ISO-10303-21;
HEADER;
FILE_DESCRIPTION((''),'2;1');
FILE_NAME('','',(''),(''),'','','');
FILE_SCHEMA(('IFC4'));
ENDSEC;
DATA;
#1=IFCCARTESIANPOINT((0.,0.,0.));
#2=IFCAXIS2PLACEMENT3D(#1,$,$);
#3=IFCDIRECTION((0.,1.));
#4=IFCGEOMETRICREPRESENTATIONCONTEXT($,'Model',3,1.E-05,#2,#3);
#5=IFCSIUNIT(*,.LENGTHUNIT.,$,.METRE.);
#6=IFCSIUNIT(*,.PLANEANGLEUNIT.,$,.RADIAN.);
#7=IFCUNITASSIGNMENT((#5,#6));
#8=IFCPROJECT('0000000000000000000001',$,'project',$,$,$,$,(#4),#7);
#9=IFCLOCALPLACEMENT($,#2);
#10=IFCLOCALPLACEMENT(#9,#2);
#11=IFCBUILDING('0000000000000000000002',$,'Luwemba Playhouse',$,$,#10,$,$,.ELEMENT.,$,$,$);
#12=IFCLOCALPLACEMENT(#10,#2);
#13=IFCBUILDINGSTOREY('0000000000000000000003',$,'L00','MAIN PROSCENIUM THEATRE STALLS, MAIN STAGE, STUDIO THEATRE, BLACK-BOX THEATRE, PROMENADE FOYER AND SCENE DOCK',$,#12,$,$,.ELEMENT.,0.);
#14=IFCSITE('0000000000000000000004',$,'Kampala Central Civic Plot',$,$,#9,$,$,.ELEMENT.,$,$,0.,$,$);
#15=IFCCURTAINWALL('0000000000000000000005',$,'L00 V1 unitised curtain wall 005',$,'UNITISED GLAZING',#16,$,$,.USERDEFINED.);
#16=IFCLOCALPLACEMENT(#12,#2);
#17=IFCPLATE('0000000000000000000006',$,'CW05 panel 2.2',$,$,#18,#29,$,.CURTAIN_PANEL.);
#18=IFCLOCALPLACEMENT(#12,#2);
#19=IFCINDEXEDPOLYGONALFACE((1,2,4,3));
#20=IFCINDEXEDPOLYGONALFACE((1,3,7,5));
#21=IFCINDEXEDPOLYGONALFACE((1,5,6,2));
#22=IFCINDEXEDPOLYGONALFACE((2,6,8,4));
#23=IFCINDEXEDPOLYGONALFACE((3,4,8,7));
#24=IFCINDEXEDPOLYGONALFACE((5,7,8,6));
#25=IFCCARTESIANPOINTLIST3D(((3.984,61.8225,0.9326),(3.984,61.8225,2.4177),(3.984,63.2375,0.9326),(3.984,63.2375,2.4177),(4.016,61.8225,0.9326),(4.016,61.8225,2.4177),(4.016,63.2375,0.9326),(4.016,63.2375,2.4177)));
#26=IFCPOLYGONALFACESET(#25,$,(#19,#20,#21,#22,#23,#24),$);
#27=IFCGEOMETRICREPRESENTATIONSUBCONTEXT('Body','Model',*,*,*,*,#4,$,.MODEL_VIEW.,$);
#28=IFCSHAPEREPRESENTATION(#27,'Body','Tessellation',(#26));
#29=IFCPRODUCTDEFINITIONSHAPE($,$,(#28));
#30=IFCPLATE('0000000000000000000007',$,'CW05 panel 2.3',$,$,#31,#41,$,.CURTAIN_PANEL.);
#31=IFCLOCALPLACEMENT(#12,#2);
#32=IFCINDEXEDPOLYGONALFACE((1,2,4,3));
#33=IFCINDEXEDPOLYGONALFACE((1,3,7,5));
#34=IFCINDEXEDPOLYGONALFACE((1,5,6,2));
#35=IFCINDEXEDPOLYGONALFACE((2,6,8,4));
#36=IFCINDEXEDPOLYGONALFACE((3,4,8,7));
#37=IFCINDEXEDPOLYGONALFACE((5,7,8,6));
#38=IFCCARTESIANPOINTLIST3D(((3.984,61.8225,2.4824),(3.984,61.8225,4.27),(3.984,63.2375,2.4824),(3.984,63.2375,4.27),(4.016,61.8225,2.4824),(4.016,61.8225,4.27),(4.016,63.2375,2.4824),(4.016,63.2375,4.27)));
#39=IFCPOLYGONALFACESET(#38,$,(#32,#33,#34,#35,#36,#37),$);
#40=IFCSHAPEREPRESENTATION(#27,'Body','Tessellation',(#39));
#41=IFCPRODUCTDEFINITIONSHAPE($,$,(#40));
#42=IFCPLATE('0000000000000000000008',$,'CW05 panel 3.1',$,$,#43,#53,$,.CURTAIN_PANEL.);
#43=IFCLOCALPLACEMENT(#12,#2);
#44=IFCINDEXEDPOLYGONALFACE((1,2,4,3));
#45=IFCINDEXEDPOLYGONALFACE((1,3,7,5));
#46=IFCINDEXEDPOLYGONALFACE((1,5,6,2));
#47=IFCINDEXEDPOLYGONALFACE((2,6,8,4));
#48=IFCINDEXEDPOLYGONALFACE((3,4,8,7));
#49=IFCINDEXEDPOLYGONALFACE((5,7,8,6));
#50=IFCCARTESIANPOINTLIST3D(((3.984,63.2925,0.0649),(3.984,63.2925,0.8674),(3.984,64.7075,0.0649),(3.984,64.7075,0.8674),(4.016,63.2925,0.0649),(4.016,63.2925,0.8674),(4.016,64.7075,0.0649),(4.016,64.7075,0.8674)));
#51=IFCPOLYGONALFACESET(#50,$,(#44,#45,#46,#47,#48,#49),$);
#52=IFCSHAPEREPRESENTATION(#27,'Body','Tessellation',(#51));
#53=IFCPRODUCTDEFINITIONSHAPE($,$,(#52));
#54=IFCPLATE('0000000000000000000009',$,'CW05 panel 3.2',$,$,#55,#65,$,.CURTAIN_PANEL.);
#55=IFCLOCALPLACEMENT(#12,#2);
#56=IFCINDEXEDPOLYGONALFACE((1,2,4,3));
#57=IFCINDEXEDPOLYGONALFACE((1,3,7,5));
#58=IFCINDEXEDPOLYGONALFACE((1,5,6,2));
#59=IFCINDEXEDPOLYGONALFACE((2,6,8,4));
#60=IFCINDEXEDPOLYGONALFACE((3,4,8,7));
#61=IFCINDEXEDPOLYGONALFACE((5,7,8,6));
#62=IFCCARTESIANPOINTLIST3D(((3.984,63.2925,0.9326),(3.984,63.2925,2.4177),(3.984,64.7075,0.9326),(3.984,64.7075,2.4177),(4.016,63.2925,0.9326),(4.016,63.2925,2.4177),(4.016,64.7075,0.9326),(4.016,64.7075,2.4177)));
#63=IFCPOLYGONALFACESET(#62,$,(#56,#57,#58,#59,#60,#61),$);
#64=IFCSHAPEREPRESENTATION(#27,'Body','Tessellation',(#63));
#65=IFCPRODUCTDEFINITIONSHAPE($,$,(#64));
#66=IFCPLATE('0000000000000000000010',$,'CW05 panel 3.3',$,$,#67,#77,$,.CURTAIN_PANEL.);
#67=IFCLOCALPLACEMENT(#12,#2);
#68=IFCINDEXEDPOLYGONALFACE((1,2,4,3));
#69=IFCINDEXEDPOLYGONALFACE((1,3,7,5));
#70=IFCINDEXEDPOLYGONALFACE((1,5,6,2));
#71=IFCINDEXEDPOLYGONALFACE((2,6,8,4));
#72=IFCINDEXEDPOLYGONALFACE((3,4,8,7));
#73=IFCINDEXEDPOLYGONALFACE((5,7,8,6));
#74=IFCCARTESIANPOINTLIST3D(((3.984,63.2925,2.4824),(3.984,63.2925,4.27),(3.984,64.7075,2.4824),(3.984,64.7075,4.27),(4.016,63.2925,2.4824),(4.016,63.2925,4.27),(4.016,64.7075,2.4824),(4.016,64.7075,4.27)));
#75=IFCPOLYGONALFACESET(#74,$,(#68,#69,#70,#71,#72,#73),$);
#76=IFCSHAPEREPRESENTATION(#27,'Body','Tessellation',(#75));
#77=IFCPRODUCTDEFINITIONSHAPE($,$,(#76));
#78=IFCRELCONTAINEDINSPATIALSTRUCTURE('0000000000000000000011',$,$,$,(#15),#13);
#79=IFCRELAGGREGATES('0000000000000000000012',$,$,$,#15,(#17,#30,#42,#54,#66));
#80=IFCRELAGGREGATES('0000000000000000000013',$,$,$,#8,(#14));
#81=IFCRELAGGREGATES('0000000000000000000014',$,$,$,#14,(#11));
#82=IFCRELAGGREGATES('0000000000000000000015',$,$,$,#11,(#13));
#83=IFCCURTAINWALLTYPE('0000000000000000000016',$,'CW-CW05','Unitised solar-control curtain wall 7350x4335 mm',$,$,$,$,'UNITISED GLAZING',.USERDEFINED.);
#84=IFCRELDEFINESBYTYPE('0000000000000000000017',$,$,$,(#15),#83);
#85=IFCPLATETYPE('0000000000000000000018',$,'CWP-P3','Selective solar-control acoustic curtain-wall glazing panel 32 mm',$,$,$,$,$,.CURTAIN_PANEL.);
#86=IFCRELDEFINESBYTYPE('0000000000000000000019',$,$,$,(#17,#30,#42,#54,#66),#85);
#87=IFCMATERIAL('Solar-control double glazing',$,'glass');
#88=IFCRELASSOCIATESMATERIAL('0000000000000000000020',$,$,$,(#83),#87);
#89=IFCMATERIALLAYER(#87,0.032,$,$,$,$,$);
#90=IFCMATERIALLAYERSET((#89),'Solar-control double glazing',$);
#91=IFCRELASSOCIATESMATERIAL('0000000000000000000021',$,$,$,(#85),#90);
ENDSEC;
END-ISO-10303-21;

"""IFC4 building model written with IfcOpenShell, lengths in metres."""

from ifc_helpers import new_model, si_unit, direction, frame, origin, origin_2d, place, context, subcontext, project, spatial, rectangle, extrude, material, layer, layer_set, type_object, element, aggregate, save


model = new_model("IFC4")

# Units and contexts
model_context = context("Model", 3, precision=1e-05, world=origin(), true_north=direction((0.0, 1.0)))
body_context = subcontext(model_context, "Body", "Model", "MODEL_VIEW")
ifc_project = project(units=[si_unit("LENGTHUNIT", "METRE"), si_unit("PLANEANGLEUNIT", "RADIAN")], contexts=[model_context])

# Site, building, storey
site_placement = place(None, origin())
site = spatial("IfcSite", under=ifc_project, at=site_placement, Name="Kampala Central Civic Plot", CompositionType="ELEMENT", RefElevation=0.0)
building_placement = place(site_placement, origin())
building = spatial("IfcBuilding", under=site, at=building_placement, Name="Luwemba Playhouse", CompositionType="ELEMENT")
storey_placement = place(building_placement, origin())
storey = spatial("IfcBuildingStorey", under=building, at=storey_placement, Name="L00", Description="MAIN PROSCENIUM THEATRE STALLS, MAIN STAGE, STUDIO THEATRE, BLACK-BOX THEATRE, PROMENADE FOYER AND SCENE DOCK", CompositionType="ELEMENT", Elevation=0.0)

# Curtain wall, plates
ifc_material_1 = material(Name="Solar-control double glazing", Category="glass")
curtain_wall_type = type_object("IfcCurtainWallType", Name="CW-CW05", Description="Unitised solar-control curtain wall 7350x4335 mm", ElementType="UNITISED GLAZING", PredefinedType="USERDEFINED", material=ifc_material_1)
curtain_wall_placement = place(storey_placement, origin())
curtain_wall = element("IfcCurtainWall", 1, at=curtain_wall_placement, inside=storey, type_object=curtain_wall_type, Name="L00 V1 unitised curtain wall 005", ObjectType="UNITISED GLAZING", PredefinedType="USERDEFINED")
ifc_layer = layer(ifc_material_1, 0.032)
ifc_layer_set = layer_set([ifc_layer], Name="Solar-control double glazing")
plate_type = type_object("IfcPlateType", Name="CWP-P3", Description="Selective solar-control acoustic curtain-wall glazing panel 32 mm", PredefinedType="CURTAIN_PANEL", material=ifc_layer_set)
plate_1_placement = place(storey_placement, frame((4.0, 62.53, 0.9326), z_axis=(0.0, 0.0, 1.0), x_axis=(0.0, 1.0, 0.0)))
plate_1 = element("IfcPlate", 2, at=plate_1_placement, type_object=plate_type, Name="CW05 panel 2.2", PredefinedType="CURTAIN_PANEL", context=body_context, shape_type="SweptSolid", body=[
    extrude(rectangle(XDim=1.415, YDim=0.032, at=origin_2d()), origin(), (0.0, 0.0, 1.0), 1.4851),
])
plate_2_placement = place(storey_placement, frame((4.0, 62.53, 2.4824), z_axis=(0.0, 0.0, 1.0), x_axis=(0.0, 1.0, 0.0)))
plate_2 = element("IfcPlate", 3, at=plate_2_placement, type_object=plate_type, Name="CW05 panel 2.3", PredefinedType="CURTAIN_PANEL", context=body_context, shape_type="SweptSolid", body=[
    extrude(rectangle(XDim=1.415, YDim=0.032, at=origin_2d()), origin(), (0.0, 0.0, 1.0), 1.7876),
])
plate_3_placement = place(storey_placement, frame((4.0, 64.0, 0.0649), z_axis=(0.0, 0.0, 1.0), x_axis=(0.0, 1.0, 0.0)))
plate_3 = element("IfcPlate", 4, at=plate_3_placement, type_object=plate_type, Name="CW05 panel 3.1", PredefinedType="CURTAIN_PANEL", context=body_context, shape_type="SweptSolid", body=[
    extrude(rectangle(XDim=1.415, YDim=0.032, at=origin_2d()), origin(), (0.0, 0.0, 1.0), 0.8025),
])
plate_4_placement = place(storey_placement, frame((4.0, 64.0, 0.9326), z_axis=(0.0, 0.0, 1.0), x_axis=(0.0, 1.0, 0.0)))
plate_4 = element("IfcPlate", 5, at=plate_4_placement, type_object=plate_type, Name="CW05 panel 3.2", PredefinedType="CURTAIN_PANEL", context=body_context, shape_type="SweptSolid", body=[
    extrude(rectangle(XDim=1.415, YDim=0.032, at=origin_2d()), origin(), (0.0, 0.0, 1.0), 1.4851),
])
plate_5_placement = place(storey_placement, frame((4.0, 64.0, 2.4824), z_axis=(0.0, 0.0, 1.0), x_axis=(0.0, 1.0, 0.0)))
plate_5 = element("IfcPlate", 6, at=plate_5_placement, type_object=plate_type, Name="CW05 panel 3.3", PredefinedType="CURTAIN_PANEL", context=body_context, shape_type="SweptSolid", body=[
    extrude(rectangle(XDim=1.415, YDim=0.032, at=origin_2d()), origin(), (0.0, 0.0, 1.0), 1.7876),
])
aggregate(curtain_wall, [plate_1, plate_2, plate_3, plate_4, plate_5])

save(model, "model.ifc")
